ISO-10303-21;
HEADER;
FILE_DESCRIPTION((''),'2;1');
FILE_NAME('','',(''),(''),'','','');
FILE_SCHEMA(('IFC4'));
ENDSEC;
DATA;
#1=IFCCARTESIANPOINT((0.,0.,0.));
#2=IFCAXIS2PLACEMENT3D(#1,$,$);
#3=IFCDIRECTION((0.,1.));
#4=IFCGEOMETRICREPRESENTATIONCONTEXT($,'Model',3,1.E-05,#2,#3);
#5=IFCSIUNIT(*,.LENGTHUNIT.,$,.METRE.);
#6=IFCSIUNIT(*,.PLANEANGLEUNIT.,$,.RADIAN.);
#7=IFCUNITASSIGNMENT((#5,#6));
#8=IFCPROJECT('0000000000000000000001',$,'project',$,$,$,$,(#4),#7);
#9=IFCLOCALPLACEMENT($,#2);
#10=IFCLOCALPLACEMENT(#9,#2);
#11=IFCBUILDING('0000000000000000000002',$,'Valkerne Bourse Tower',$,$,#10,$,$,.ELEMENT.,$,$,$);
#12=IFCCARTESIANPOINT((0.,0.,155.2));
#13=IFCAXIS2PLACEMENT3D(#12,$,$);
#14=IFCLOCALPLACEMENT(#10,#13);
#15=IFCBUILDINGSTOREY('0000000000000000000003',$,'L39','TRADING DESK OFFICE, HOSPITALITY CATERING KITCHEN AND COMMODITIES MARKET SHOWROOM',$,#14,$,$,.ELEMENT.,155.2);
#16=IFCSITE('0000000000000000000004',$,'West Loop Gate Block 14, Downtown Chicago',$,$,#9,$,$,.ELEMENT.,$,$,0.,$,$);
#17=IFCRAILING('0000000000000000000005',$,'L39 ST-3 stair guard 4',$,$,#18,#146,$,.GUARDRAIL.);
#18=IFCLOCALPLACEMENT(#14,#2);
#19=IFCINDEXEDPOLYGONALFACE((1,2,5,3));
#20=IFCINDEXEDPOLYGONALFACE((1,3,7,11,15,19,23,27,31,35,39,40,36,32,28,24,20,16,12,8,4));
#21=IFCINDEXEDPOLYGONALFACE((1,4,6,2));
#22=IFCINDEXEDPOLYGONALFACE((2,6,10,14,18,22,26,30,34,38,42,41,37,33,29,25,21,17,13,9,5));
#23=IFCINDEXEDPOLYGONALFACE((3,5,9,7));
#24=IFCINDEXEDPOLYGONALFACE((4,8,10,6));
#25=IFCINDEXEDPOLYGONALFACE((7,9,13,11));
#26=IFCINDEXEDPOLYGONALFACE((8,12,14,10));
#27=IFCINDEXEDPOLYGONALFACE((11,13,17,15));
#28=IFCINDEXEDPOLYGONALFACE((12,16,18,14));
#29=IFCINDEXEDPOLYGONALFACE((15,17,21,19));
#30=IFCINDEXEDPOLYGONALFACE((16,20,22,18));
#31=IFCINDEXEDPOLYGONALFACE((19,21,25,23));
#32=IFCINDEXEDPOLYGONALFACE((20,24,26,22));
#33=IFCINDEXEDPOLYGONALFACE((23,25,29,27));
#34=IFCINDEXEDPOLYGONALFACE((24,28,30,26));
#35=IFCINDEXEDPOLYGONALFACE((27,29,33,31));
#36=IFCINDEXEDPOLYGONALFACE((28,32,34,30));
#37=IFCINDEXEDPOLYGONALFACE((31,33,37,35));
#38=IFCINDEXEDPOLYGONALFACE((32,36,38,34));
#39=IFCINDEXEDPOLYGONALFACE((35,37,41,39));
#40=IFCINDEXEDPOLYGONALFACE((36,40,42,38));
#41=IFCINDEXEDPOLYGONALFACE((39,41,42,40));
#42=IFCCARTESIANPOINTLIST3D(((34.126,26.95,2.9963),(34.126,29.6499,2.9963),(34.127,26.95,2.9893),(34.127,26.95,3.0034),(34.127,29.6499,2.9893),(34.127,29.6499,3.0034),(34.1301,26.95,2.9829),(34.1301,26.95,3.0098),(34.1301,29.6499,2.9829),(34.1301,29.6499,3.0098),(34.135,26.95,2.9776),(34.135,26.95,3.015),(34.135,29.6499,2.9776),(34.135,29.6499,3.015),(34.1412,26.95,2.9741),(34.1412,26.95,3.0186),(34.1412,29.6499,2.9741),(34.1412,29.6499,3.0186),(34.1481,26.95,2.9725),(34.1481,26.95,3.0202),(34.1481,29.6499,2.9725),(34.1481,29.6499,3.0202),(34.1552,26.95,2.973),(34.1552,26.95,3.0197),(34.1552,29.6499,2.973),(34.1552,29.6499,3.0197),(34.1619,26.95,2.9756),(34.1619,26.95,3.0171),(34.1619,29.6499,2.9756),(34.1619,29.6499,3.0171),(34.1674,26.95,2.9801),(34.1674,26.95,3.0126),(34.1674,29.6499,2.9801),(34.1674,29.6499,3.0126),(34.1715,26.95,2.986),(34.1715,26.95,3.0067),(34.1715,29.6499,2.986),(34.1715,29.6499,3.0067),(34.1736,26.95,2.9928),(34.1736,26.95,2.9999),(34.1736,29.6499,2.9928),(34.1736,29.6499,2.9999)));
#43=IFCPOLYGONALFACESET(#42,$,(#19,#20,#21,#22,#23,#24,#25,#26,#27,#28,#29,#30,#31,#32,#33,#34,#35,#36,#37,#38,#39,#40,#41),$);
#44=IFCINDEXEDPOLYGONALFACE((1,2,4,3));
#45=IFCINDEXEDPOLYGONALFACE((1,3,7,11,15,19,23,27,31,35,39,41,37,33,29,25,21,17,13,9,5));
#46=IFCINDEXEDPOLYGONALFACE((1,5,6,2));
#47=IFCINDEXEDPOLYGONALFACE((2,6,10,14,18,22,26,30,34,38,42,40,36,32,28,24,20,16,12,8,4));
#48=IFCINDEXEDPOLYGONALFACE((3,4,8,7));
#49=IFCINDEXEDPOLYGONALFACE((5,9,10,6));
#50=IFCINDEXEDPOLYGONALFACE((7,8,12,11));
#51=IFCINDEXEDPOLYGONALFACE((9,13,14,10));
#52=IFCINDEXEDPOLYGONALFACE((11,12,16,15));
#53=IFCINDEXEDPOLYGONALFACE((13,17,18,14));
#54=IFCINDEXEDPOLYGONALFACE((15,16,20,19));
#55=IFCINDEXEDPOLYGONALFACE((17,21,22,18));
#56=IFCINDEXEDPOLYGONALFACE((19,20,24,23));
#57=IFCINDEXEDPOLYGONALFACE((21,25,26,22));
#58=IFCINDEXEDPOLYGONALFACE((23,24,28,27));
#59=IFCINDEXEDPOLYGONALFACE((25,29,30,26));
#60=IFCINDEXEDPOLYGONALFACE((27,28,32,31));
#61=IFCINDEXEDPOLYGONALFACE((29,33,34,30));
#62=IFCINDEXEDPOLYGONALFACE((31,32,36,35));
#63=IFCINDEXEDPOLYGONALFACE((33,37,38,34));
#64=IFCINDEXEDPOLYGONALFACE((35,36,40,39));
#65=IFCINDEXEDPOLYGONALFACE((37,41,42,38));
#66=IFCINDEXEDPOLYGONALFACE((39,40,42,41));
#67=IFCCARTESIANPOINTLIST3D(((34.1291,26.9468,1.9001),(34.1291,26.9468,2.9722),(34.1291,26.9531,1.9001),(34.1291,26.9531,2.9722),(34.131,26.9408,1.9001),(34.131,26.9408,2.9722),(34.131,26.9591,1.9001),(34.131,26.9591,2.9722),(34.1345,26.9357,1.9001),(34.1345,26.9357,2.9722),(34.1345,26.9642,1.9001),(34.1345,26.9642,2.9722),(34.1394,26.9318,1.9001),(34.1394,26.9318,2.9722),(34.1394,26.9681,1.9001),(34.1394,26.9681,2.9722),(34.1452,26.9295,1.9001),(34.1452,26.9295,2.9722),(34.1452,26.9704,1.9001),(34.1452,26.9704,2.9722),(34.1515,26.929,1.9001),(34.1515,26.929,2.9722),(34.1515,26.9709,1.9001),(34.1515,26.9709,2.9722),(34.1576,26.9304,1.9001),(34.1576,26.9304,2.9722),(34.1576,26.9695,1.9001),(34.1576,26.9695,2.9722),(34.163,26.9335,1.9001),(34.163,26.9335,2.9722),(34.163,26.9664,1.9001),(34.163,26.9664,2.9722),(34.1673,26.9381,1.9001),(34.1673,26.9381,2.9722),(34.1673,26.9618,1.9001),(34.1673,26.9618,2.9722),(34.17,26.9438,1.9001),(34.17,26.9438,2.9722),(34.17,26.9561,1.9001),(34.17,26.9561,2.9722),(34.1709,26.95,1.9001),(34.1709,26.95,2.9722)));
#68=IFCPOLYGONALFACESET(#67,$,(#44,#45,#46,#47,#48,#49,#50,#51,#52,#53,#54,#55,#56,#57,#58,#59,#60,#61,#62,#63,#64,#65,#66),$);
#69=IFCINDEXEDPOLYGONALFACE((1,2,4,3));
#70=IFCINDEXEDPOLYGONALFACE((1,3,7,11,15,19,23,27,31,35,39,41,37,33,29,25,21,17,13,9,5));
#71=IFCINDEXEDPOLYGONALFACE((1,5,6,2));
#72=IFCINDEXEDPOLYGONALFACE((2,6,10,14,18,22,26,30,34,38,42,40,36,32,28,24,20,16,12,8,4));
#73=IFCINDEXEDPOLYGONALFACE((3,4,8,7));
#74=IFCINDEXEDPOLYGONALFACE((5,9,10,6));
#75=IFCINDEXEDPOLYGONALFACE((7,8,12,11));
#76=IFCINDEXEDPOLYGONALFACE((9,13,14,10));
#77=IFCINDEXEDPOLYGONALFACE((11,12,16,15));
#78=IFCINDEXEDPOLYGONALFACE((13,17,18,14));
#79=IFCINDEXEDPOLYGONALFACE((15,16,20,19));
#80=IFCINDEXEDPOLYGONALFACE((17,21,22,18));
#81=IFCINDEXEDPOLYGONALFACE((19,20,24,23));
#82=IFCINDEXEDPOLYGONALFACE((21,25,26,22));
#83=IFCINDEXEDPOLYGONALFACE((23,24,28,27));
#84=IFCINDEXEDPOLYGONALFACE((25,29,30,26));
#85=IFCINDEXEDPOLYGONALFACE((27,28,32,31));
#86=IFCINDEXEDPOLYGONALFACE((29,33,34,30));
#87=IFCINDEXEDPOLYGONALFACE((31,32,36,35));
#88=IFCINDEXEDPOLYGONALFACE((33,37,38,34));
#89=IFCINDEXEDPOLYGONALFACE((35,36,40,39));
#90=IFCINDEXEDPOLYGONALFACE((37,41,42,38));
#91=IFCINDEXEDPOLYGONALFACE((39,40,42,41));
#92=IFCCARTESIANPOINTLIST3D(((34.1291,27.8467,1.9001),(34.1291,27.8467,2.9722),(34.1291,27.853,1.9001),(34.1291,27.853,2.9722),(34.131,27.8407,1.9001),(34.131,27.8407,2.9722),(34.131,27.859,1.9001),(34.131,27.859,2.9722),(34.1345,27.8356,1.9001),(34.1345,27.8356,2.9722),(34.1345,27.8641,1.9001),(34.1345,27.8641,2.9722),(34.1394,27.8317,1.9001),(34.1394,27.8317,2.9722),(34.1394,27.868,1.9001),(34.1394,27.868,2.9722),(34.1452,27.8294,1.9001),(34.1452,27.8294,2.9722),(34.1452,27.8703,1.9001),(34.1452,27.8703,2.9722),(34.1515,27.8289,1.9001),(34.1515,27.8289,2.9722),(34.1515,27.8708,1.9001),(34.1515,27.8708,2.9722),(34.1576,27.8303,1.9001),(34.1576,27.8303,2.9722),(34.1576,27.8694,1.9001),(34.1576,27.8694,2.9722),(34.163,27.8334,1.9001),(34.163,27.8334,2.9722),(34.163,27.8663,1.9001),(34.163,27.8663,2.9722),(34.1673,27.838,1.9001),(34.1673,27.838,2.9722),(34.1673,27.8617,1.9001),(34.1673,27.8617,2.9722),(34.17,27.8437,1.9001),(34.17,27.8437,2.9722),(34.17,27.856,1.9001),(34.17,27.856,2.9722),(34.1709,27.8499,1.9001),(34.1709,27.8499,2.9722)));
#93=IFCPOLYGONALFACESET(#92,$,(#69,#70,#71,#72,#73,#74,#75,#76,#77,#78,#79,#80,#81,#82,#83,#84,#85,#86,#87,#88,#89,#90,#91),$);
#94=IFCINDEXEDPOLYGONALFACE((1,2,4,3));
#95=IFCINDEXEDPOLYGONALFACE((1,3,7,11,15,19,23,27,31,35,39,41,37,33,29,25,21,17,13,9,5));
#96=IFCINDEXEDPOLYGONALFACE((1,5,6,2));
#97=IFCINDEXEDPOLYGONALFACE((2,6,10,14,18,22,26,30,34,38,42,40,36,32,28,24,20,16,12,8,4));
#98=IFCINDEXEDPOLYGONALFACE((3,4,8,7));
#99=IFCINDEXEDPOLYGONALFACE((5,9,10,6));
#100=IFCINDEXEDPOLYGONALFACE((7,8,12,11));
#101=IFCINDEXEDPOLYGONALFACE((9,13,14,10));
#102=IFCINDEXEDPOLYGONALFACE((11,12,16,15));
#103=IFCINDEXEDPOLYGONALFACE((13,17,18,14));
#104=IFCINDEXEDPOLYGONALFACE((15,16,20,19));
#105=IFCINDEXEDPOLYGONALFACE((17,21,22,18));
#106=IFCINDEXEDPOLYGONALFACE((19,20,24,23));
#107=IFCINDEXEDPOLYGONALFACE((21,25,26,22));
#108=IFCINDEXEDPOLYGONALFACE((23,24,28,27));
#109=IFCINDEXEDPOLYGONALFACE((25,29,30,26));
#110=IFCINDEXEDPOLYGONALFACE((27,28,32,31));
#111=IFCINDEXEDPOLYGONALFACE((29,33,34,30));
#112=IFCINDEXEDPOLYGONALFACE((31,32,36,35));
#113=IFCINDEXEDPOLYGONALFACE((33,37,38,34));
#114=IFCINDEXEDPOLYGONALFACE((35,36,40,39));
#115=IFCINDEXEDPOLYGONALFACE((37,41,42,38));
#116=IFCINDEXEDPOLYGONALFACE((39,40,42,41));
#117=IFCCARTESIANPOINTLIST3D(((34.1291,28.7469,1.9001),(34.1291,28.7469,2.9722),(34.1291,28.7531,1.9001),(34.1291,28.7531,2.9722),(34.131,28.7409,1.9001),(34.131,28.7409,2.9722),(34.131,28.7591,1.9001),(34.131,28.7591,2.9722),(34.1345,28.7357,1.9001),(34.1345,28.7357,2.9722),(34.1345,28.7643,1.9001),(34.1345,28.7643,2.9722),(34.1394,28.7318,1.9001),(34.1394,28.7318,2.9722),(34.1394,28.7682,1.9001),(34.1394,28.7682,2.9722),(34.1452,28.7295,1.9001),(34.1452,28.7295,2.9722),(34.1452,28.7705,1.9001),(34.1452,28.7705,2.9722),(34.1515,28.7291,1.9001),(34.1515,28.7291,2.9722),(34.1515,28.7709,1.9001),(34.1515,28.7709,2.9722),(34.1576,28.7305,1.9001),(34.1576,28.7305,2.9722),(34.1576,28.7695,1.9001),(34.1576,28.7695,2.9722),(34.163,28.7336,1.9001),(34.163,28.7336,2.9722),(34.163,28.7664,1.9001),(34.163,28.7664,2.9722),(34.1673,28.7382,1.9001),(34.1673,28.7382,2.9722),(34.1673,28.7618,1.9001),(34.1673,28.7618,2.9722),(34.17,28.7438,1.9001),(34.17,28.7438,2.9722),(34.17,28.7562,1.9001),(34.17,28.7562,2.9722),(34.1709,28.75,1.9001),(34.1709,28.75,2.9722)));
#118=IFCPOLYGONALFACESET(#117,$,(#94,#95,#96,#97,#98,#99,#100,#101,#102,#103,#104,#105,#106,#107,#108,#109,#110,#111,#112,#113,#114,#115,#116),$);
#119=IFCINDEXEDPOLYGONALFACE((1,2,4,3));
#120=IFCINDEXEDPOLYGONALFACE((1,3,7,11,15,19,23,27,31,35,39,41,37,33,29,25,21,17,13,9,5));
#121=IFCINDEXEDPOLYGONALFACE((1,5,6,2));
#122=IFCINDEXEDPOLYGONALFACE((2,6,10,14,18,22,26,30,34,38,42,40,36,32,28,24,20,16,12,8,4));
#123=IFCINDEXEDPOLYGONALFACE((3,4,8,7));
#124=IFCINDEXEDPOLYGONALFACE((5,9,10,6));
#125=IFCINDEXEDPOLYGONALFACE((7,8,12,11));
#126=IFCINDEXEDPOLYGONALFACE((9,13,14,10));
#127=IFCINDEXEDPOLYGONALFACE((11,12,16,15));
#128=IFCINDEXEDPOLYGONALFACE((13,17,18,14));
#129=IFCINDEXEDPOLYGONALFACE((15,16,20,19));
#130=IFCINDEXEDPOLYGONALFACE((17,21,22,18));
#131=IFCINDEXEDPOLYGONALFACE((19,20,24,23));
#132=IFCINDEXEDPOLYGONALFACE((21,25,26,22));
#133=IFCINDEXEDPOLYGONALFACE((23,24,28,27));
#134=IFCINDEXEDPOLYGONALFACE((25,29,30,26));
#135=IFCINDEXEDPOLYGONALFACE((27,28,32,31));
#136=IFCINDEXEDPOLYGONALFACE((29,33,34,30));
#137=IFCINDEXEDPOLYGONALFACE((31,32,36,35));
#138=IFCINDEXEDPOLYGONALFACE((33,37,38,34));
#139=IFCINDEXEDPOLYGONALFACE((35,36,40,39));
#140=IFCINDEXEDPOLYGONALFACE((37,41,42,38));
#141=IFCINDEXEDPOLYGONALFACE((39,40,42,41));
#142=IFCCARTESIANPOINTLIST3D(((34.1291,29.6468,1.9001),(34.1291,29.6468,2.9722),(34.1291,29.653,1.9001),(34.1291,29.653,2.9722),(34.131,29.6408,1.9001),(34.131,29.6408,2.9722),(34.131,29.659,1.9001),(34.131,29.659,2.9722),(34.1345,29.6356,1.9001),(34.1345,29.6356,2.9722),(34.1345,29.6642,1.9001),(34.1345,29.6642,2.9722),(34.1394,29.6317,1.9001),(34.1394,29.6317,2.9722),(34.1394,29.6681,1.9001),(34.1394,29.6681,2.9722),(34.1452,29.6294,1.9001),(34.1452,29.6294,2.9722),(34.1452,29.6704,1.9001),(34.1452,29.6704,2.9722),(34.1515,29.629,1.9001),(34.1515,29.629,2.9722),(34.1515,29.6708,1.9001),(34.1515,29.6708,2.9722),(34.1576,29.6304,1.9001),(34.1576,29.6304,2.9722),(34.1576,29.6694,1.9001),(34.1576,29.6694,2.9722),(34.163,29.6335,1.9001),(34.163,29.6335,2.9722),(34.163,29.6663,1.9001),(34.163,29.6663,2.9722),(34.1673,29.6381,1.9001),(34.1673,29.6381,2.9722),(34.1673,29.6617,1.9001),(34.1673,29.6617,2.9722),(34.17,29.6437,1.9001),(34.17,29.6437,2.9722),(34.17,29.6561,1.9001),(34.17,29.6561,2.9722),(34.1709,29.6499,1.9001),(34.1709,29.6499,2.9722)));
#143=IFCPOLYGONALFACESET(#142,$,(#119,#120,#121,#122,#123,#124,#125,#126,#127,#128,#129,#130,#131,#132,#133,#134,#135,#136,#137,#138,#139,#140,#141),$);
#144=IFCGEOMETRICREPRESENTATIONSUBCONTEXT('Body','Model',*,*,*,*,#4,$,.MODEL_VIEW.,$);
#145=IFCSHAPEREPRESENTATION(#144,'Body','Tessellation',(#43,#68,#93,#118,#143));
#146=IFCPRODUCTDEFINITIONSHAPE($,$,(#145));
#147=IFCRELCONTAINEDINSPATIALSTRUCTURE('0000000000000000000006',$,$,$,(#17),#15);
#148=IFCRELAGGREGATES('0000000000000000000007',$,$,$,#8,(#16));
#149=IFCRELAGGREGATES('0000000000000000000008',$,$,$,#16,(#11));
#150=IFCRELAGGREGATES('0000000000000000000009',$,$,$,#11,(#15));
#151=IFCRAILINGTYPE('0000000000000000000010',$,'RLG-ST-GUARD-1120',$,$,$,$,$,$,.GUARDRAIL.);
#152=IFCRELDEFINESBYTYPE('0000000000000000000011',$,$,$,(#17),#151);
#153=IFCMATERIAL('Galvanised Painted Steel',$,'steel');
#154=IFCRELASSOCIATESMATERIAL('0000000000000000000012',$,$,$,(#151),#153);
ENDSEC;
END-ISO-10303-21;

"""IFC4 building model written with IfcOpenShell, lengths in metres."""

from ifc_helpers import new_model, si_unit, direction, frame, origin, origin_2d, place, context, subcontext, project, spatial, circle, extrude, material, type_object, element, save


model = new_model("IFC4")

# Units and contexts
model_context = context("Model", 3, precision=1e-05, world=origin(), true_north=direction((0.0, 1.0)))
body_context = subcontext(model_context, "Body", "Model", "MODEL_VIEW")
ifc_project = project(units=[si_unit("LENGTHUNIT", "METRE"), si_unit("PLANEANGLEUNIT", "RADIAN")], contexts=[model_context])

# Site, building, storey
site_placement = place(None, origin())
site = spatial("IfcSite", under=ifc_project, at=site_placement, Name="West Loop Gate Block 14, Downtown Chicago", CompositionType="ELEMENT", RefElevation=0.0)
building_placement = place(site_placement, origin())
building = spatial("IfcBuilding", under=site, at=building_placement, Name="Valkerne Bourse Tower", CompositionType="ELEMENT")
storey_placement = place(building_placement, frame((0.0, 0.0, 155.2)))
storey = spatial("IfcBuildingStorey", under=building, at=storey_placement, Name="L39", Description="TRADING DESK OFFICE, HOSPITALITY CATERING KITCHEN AND COMMODITIES MARKET SHOWROOM", CompositionType="ELEMENT", Elevation=155.2)

# Railing
ifc_material_1 = material(Name="Galvanised Painted Steel", Category="steel")
railing_type_1 = type_object("IfcRailingType", Name="RLG-ST-GUARD-1120", PredefinedType="GUARDRAIL", material=ifc_material_1)
for number, where, name in (
    (1, (34.1499, 26.95, 1.9001), "L39 ST-3 stair guard 4"),
):
    element("IfcRailing", number, at=place(storey_placement, frame(where)), inside=storey, type_object=railing_type_1, Name=name, PredefinedType="GUARDRAIL", context=body_context, shape_type="SweptSolid", body=[
        extrude(circle(Radius=0.0239, at=origin_2d()), frame((0.0, 0.0, 1.0962), z_axis=(0.0, 1.0, 0.0), x_axis=(-1.0, 0.0, 0.0)), (0.0, 0.0, 1.0), 2.7),
        extrude(circle(Radius=0.021, at=origin_2d()), origin(), (0.0, 0.0, 1.0), 1.072),
        extrude(circle(Radius=0.021, at=origin_2d()), frame((0.0, 0.8999, 0.0)), (0.0, 0.0, 1.0), 1.072),
        extrude(circle(Radius=0.021, at=origin_2d()), frame((0.0, 1.8, 0.0)), (0.0, 0.0, 1.0), 1.072),
        extrude(circle(Radius=0.021, at=origin_2d()), frame((0.0, 2.7, 0.0)), (0.0, 0.0, 1.0), 1.072),
    ])

save(model, "model.ifc")
